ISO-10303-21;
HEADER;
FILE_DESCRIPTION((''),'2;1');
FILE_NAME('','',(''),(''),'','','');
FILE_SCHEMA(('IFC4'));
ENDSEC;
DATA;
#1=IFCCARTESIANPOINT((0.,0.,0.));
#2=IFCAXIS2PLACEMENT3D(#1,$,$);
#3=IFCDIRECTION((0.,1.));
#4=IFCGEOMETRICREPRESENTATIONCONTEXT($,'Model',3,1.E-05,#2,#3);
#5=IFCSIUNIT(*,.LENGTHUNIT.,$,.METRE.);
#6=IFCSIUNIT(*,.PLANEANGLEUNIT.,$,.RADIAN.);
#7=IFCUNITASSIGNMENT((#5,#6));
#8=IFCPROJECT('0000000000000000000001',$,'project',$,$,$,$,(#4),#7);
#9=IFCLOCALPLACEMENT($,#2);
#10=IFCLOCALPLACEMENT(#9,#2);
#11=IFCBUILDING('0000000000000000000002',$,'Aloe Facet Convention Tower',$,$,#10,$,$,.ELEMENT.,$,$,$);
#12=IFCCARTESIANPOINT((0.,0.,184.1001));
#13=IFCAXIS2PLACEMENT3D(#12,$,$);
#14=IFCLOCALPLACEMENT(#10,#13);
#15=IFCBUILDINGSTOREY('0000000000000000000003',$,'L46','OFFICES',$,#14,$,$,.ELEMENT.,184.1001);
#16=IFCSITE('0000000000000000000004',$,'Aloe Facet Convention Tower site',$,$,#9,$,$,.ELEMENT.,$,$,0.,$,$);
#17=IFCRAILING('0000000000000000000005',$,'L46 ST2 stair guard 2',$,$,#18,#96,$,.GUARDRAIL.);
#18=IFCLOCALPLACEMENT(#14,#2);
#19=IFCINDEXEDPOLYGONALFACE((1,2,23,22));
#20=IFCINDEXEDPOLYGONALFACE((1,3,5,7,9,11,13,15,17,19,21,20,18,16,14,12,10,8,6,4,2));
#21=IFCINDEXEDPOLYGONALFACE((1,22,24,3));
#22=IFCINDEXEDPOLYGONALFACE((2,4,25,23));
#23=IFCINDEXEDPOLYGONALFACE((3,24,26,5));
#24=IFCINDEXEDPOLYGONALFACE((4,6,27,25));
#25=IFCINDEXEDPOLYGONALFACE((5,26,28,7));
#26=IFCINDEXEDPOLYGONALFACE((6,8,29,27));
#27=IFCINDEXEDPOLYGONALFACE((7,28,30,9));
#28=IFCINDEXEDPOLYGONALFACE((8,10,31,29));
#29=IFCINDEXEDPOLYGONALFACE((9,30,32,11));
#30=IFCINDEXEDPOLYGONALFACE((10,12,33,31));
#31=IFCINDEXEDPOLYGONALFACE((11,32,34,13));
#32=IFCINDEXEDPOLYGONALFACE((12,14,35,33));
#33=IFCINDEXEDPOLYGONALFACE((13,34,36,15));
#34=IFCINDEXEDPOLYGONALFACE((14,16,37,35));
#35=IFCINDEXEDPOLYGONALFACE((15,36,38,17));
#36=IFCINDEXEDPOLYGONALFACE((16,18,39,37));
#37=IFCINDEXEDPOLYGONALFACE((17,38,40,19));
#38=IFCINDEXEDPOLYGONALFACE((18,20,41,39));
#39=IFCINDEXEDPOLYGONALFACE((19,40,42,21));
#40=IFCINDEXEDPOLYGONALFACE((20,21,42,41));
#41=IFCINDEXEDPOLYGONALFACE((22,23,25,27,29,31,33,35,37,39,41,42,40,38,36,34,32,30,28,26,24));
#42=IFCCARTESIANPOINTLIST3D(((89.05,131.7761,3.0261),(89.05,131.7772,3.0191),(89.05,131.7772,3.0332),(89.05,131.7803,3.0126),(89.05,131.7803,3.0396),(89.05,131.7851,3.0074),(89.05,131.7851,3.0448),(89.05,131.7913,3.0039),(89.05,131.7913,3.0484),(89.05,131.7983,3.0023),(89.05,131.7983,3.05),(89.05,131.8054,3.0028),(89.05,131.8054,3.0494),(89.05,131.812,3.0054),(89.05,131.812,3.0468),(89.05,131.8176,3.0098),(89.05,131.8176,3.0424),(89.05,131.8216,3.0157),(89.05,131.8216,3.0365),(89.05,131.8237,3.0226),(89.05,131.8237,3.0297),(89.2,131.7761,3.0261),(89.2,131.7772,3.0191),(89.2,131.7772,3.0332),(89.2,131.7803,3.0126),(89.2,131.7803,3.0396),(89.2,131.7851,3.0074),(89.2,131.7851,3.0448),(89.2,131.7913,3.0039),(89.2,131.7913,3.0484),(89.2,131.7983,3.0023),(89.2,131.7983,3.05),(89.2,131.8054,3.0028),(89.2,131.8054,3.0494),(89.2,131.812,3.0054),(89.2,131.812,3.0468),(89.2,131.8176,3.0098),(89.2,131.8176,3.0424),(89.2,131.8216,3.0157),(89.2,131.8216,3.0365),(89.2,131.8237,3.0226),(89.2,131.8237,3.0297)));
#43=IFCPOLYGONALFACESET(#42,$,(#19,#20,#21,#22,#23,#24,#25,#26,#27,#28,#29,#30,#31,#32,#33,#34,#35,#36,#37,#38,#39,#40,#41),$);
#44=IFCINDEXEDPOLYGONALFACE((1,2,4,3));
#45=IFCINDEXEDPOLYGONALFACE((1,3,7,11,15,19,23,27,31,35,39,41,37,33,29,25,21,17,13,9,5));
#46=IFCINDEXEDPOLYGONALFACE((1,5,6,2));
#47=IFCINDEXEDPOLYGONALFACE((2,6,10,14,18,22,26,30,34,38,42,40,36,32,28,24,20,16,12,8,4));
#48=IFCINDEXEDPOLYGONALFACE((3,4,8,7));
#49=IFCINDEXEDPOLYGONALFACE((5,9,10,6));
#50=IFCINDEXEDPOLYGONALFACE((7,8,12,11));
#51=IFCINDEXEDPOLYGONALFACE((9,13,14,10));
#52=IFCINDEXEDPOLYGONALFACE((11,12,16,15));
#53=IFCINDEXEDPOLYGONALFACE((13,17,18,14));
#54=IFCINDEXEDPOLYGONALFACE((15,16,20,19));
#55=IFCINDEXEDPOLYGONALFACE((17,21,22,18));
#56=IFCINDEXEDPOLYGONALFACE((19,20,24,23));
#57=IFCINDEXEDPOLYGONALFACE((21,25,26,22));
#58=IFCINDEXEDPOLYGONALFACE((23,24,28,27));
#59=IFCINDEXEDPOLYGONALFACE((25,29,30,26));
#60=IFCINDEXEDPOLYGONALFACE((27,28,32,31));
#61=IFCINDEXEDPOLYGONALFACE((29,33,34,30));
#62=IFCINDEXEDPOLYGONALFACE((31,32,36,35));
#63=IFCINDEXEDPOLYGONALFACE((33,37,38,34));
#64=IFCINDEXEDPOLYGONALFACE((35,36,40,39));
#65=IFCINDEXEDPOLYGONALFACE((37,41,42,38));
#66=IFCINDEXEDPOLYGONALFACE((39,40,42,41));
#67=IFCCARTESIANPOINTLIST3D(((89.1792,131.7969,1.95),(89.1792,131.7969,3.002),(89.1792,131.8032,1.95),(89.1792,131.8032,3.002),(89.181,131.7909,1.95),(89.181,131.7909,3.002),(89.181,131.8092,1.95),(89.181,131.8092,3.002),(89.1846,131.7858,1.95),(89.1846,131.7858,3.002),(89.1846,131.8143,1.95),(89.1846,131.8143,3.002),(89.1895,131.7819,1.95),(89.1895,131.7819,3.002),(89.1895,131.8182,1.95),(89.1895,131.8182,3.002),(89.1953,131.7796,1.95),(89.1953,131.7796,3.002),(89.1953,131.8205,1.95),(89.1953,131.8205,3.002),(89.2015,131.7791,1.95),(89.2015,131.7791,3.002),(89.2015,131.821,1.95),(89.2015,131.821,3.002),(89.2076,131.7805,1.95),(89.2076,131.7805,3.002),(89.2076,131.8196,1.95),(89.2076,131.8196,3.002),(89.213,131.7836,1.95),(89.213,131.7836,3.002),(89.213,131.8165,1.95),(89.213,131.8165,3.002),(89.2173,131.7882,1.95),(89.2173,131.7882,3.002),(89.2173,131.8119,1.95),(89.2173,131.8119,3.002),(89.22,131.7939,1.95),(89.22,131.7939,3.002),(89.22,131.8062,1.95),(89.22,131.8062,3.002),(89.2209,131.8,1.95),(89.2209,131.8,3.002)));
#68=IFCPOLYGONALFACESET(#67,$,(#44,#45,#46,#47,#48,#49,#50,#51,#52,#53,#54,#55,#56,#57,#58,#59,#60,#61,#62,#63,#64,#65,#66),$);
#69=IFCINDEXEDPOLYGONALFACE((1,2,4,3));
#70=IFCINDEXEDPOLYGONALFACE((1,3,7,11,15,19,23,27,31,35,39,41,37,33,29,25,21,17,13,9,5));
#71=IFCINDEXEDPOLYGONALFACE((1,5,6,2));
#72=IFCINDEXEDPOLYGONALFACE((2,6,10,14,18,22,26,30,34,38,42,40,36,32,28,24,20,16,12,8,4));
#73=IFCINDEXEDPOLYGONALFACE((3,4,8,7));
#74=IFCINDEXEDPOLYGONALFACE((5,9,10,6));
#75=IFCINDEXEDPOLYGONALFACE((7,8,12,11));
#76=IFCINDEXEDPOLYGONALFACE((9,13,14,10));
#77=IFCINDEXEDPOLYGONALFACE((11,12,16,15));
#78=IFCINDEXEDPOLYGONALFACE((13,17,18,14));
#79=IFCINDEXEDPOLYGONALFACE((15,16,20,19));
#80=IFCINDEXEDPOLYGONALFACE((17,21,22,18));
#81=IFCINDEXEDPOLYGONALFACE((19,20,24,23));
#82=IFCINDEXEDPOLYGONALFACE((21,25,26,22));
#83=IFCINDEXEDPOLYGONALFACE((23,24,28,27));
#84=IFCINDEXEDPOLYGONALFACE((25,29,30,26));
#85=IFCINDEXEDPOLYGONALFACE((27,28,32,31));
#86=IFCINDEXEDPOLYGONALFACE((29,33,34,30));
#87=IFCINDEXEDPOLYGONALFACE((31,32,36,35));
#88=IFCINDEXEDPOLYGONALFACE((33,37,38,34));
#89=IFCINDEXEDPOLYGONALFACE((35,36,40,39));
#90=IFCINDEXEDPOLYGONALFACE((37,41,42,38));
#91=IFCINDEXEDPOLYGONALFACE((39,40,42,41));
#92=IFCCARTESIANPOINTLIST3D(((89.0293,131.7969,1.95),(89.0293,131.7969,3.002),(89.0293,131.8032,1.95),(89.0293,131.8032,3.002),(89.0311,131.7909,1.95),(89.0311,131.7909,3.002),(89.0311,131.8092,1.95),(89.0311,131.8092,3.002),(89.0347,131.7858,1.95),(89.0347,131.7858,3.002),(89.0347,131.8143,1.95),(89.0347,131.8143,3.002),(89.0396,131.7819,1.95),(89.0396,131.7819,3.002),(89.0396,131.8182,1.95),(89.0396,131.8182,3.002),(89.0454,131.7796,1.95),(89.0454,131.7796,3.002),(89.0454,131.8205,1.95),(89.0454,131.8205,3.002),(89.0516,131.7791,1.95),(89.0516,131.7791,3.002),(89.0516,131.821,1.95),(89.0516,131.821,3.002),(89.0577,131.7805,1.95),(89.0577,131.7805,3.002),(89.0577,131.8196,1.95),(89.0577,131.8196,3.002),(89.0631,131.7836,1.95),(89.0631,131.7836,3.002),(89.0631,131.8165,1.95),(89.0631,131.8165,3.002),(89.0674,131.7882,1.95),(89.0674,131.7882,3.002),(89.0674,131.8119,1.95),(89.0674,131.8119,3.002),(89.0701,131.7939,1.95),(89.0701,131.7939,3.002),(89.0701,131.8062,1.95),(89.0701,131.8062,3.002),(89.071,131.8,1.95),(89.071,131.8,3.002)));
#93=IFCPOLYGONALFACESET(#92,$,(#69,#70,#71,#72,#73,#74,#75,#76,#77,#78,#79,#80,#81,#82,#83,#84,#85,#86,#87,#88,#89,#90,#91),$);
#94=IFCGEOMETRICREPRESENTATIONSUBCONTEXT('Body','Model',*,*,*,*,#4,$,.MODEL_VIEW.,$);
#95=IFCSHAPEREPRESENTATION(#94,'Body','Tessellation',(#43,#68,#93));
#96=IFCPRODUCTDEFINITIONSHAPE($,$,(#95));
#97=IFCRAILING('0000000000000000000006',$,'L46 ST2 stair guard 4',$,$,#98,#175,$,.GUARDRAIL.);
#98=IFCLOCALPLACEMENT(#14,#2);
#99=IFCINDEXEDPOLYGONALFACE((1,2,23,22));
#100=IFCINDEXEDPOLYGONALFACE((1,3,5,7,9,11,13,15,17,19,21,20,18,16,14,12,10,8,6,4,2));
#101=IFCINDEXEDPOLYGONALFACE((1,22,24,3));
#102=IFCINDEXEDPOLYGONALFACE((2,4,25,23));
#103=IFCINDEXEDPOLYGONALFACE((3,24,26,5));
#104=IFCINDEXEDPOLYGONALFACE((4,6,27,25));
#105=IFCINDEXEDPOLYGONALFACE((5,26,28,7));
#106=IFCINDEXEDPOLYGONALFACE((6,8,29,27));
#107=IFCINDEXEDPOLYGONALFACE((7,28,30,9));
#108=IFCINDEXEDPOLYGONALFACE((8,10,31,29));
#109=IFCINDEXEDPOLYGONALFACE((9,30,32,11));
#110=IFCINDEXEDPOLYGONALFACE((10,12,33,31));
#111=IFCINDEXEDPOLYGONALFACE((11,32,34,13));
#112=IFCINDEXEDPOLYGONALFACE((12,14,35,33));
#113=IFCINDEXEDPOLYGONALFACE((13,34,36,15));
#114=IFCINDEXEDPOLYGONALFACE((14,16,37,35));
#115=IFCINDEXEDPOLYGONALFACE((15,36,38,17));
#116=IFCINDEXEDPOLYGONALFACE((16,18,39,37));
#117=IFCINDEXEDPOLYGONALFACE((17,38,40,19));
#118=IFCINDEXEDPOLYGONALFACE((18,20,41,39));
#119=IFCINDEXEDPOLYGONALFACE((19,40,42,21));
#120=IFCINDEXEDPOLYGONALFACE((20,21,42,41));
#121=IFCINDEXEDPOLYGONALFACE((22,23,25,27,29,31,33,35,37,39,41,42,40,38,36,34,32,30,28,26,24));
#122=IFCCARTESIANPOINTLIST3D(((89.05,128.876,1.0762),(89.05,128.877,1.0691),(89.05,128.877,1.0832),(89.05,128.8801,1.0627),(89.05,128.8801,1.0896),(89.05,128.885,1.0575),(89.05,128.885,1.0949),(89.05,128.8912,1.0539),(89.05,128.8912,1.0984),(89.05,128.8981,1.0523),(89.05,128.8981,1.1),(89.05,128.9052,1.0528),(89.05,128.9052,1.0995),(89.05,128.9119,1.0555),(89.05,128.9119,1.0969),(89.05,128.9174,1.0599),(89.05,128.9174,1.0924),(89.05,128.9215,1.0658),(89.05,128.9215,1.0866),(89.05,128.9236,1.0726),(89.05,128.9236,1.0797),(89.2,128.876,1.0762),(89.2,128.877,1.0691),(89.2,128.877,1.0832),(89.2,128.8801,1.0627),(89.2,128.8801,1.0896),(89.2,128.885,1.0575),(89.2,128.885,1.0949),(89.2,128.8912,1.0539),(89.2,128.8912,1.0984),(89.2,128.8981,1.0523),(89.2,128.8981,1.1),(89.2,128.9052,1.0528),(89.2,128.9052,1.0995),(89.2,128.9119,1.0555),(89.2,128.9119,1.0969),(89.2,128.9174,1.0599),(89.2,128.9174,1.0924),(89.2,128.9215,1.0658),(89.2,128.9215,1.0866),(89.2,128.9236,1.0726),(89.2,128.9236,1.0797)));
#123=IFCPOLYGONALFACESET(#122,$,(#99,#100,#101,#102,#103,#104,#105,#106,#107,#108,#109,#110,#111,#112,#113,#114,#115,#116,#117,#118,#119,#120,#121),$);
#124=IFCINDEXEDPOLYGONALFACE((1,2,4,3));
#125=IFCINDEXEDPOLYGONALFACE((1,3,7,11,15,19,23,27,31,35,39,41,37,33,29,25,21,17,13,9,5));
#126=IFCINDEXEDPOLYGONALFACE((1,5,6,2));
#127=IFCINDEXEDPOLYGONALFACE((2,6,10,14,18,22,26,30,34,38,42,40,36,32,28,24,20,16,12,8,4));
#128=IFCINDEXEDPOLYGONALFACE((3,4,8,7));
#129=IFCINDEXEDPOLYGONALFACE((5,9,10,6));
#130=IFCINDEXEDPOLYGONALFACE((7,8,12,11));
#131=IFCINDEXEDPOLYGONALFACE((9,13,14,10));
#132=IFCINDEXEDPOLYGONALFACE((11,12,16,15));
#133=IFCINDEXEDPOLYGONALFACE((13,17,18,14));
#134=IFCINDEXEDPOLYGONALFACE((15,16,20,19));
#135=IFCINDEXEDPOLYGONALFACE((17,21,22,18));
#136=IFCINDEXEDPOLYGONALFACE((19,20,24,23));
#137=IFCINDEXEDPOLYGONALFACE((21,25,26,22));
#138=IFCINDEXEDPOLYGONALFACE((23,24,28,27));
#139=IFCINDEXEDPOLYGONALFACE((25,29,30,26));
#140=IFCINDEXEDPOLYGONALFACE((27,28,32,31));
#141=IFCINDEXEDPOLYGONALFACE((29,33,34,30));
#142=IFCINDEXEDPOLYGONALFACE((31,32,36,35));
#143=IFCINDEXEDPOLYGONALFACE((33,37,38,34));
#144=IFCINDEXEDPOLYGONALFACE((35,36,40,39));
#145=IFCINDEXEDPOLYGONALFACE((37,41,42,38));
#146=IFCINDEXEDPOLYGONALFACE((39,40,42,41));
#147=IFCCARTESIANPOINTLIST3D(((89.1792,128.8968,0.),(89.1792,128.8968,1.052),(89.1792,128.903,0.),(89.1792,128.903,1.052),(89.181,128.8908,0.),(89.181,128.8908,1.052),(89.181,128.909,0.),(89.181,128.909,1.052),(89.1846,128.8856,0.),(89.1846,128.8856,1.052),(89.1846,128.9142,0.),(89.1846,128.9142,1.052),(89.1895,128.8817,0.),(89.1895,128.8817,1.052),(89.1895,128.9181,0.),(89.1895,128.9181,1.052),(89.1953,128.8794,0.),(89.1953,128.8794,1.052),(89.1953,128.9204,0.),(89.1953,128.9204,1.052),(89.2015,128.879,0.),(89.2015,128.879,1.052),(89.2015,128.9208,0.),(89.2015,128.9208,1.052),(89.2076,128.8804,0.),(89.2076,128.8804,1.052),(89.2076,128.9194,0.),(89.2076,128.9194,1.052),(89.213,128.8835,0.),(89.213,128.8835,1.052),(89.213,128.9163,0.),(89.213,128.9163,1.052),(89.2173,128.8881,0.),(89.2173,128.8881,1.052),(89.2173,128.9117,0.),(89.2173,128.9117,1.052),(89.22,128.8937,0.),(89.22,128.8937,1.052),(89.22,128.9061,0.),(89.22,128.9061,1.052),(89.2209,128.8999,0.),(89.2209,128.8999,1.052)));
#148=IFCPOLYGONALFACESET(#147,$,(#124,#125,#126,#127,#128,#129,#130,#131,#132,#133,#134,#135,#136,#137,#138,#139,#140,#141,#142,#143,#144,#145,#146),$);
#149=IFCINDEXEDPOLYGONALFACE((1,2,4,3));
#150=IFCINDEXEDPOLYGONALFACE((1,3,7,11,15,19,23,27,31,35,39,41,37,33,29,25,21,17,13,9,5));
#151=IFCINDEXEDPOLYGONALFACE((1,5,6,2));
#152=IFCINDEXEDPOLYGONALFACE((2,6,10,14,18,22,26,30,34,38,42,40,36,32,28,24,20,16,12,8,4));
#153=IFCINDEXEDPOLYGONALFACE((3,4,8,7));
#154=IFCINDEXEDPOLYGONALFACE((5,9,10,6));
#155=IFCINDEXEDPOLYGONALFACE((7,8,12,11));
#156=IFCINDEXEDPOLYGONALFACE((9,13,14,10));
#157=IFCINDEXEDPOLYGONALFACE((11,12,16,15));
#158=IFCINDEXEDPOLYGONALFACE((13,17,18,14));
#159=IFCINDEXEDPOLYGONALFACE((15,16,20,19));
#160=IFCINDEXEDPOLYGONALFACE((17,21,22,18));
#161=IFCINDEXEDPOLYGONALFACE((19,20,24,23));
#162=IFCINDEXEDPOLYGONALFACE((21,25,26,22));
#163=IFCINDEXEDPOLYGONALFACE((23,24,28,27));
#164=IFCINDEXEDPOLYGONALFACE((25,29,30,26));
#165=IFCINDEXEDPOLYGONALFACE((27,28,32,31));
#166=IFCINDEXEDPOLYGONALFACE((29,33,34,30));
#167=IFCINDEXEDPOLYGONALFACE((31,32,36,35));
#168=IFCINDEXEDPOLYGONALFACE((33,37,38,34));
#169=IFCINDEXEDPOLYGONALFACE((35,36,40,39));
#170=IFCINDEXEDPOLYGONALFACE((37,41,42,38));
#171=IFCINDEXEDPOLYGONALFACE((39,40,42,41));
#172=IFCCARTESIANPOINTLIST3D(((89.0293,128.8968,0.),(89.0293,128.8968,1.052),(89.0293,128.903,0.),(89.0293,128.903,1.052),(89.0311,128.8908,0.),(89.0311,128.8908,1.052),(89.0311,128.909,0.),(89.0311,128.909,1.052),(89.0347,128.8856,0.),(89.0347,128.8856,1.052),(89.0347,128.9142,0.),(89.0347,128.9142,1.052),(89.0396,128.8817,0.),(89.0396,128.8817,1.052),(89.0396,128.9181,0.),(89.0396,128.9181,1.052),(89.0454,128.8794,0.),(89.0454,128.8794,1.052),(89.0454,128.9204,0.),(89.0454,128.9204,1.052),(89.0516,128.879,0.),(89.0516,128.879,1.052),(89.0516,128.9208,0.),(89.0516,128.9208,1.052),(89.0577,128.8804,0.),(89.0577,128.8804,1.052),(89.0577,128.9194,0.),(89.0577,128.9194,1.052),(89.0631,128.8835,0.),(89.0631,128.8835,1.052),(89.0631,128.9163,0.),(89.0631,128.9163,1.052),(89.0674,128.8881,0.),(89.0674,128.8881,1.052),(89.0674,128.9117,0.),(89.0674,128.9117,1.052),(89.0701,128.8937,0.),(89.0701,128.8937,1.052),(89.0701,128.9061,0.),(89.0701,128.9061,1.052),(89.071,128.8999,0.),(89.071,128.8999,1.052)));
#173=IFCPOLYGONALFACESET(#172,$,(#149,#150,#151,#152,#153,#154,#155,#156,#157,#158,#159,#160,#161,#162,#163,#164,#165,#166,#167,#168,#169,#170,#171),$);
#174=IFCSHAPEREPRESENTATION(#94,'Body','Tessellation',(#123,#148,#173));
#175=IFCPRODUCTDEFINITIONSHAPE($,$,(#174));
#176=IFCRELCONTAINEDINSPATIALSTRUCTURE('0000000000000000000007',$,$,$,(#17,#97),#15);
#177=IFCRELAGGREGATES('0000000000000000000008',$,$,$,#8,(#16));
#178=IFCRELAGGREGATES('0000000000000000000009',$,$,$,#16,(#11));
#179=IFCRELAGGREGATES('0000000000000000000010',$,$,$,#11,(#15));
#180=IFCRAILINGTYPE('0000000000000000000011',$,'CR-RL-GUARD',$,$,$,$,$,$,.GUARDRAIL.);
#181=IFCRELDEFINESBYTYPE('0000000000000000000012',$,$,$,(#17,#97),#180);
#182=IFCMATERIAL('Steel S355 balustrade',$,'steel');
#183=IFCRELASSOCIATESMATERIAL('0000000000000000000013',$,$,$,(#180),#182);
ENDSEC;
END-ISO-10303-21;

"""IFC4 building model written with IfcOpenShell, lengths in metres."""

from ifc_helpers import new_model, si_unit, direction, frame, origin, origin_2d, place, context, subcontext, project, spatial, circle, extrude, material, type_object, element, save


model = new_model("IFC4")

# Units and contexts
model_context = context("Model", 3, precision=1e-05, world=origin(), true_north=direction((0.0, 1.0)))
body_context = subcontext(model_context, "Body", "Model", "MODEL_VIEW")
ifc_project = project(units=[si_unit("LENGTHUNIT", "METRE"), si_unit("PLANEANGLEUNIT", "RADIAN")], contexts=[model_context])

# Site, building, storey
site_placement = place(None, origin())
site = spatial("IfcSite", under=ifc_project, at=site_placement, Name="Aloe Facet Convention Tower site", CompositionType="ELEMENT", RefElevation=0.0)
building_placement = place(site_placement, origin())
building = spatial("IfcBuilding", under=site, at=building_placement, Name="Aloe Facet Convention Tower", CompositionType="ELEMENT")
storey_placement = place(building_placement, frame((0.0, 0.0, 184.1001)))
storey = spatial("IfcBuildingStorey", under=building, at=storey_placement, Name="L46", Description="OFFICES", CompositionType="ELEMENT", Elevation=184.1001)

# Railings
ifc_material_1 = material(Name="Steel S355 balustrade", Category="steel")
railing_type_1 = type_object("IfcRailingType", Name="CR-RL-GUARD", PredefinedType="GUARDRAIL", material=ifc_material_1)
for number, where, name in (
    (1, (89.2, 131.8, 1.95), "L46 ST2 stair guard 2"),
    (2, (89.2, 128.8999, 0.0), "L46 ST2 stair guard 4"),
):
    element("IfcRailing", number, at=place(storey_placement, frame(where)), inside=storey, type_object=railing_type_1, Name=name, PredefinedType="GUARDRAIL", context=body_context, shape_type="SweptSolid", body=[
        extrude(circle(Radius=0.0239, at=origin_2d()), frame((0.0, 0.0, 1.0762), z_axis=(-1.0, 0.0, 0.0), x_axis=(0.0, -1.0, 0.0)), (0.0, 0.0, 1.0), 0.1499),
        extrude(circle(Radius=0.021, at=origin_2d()), origin(), (0.0, 0.0, 1.0), 1.052),
        extrude(circle(Radius=0.021, at=origin_2d()), frame((-0.1499, 0.0, 0.0)), (0.0, 0.0, 1.0), 1.052),
    ])

save(model, "model.ifc")
